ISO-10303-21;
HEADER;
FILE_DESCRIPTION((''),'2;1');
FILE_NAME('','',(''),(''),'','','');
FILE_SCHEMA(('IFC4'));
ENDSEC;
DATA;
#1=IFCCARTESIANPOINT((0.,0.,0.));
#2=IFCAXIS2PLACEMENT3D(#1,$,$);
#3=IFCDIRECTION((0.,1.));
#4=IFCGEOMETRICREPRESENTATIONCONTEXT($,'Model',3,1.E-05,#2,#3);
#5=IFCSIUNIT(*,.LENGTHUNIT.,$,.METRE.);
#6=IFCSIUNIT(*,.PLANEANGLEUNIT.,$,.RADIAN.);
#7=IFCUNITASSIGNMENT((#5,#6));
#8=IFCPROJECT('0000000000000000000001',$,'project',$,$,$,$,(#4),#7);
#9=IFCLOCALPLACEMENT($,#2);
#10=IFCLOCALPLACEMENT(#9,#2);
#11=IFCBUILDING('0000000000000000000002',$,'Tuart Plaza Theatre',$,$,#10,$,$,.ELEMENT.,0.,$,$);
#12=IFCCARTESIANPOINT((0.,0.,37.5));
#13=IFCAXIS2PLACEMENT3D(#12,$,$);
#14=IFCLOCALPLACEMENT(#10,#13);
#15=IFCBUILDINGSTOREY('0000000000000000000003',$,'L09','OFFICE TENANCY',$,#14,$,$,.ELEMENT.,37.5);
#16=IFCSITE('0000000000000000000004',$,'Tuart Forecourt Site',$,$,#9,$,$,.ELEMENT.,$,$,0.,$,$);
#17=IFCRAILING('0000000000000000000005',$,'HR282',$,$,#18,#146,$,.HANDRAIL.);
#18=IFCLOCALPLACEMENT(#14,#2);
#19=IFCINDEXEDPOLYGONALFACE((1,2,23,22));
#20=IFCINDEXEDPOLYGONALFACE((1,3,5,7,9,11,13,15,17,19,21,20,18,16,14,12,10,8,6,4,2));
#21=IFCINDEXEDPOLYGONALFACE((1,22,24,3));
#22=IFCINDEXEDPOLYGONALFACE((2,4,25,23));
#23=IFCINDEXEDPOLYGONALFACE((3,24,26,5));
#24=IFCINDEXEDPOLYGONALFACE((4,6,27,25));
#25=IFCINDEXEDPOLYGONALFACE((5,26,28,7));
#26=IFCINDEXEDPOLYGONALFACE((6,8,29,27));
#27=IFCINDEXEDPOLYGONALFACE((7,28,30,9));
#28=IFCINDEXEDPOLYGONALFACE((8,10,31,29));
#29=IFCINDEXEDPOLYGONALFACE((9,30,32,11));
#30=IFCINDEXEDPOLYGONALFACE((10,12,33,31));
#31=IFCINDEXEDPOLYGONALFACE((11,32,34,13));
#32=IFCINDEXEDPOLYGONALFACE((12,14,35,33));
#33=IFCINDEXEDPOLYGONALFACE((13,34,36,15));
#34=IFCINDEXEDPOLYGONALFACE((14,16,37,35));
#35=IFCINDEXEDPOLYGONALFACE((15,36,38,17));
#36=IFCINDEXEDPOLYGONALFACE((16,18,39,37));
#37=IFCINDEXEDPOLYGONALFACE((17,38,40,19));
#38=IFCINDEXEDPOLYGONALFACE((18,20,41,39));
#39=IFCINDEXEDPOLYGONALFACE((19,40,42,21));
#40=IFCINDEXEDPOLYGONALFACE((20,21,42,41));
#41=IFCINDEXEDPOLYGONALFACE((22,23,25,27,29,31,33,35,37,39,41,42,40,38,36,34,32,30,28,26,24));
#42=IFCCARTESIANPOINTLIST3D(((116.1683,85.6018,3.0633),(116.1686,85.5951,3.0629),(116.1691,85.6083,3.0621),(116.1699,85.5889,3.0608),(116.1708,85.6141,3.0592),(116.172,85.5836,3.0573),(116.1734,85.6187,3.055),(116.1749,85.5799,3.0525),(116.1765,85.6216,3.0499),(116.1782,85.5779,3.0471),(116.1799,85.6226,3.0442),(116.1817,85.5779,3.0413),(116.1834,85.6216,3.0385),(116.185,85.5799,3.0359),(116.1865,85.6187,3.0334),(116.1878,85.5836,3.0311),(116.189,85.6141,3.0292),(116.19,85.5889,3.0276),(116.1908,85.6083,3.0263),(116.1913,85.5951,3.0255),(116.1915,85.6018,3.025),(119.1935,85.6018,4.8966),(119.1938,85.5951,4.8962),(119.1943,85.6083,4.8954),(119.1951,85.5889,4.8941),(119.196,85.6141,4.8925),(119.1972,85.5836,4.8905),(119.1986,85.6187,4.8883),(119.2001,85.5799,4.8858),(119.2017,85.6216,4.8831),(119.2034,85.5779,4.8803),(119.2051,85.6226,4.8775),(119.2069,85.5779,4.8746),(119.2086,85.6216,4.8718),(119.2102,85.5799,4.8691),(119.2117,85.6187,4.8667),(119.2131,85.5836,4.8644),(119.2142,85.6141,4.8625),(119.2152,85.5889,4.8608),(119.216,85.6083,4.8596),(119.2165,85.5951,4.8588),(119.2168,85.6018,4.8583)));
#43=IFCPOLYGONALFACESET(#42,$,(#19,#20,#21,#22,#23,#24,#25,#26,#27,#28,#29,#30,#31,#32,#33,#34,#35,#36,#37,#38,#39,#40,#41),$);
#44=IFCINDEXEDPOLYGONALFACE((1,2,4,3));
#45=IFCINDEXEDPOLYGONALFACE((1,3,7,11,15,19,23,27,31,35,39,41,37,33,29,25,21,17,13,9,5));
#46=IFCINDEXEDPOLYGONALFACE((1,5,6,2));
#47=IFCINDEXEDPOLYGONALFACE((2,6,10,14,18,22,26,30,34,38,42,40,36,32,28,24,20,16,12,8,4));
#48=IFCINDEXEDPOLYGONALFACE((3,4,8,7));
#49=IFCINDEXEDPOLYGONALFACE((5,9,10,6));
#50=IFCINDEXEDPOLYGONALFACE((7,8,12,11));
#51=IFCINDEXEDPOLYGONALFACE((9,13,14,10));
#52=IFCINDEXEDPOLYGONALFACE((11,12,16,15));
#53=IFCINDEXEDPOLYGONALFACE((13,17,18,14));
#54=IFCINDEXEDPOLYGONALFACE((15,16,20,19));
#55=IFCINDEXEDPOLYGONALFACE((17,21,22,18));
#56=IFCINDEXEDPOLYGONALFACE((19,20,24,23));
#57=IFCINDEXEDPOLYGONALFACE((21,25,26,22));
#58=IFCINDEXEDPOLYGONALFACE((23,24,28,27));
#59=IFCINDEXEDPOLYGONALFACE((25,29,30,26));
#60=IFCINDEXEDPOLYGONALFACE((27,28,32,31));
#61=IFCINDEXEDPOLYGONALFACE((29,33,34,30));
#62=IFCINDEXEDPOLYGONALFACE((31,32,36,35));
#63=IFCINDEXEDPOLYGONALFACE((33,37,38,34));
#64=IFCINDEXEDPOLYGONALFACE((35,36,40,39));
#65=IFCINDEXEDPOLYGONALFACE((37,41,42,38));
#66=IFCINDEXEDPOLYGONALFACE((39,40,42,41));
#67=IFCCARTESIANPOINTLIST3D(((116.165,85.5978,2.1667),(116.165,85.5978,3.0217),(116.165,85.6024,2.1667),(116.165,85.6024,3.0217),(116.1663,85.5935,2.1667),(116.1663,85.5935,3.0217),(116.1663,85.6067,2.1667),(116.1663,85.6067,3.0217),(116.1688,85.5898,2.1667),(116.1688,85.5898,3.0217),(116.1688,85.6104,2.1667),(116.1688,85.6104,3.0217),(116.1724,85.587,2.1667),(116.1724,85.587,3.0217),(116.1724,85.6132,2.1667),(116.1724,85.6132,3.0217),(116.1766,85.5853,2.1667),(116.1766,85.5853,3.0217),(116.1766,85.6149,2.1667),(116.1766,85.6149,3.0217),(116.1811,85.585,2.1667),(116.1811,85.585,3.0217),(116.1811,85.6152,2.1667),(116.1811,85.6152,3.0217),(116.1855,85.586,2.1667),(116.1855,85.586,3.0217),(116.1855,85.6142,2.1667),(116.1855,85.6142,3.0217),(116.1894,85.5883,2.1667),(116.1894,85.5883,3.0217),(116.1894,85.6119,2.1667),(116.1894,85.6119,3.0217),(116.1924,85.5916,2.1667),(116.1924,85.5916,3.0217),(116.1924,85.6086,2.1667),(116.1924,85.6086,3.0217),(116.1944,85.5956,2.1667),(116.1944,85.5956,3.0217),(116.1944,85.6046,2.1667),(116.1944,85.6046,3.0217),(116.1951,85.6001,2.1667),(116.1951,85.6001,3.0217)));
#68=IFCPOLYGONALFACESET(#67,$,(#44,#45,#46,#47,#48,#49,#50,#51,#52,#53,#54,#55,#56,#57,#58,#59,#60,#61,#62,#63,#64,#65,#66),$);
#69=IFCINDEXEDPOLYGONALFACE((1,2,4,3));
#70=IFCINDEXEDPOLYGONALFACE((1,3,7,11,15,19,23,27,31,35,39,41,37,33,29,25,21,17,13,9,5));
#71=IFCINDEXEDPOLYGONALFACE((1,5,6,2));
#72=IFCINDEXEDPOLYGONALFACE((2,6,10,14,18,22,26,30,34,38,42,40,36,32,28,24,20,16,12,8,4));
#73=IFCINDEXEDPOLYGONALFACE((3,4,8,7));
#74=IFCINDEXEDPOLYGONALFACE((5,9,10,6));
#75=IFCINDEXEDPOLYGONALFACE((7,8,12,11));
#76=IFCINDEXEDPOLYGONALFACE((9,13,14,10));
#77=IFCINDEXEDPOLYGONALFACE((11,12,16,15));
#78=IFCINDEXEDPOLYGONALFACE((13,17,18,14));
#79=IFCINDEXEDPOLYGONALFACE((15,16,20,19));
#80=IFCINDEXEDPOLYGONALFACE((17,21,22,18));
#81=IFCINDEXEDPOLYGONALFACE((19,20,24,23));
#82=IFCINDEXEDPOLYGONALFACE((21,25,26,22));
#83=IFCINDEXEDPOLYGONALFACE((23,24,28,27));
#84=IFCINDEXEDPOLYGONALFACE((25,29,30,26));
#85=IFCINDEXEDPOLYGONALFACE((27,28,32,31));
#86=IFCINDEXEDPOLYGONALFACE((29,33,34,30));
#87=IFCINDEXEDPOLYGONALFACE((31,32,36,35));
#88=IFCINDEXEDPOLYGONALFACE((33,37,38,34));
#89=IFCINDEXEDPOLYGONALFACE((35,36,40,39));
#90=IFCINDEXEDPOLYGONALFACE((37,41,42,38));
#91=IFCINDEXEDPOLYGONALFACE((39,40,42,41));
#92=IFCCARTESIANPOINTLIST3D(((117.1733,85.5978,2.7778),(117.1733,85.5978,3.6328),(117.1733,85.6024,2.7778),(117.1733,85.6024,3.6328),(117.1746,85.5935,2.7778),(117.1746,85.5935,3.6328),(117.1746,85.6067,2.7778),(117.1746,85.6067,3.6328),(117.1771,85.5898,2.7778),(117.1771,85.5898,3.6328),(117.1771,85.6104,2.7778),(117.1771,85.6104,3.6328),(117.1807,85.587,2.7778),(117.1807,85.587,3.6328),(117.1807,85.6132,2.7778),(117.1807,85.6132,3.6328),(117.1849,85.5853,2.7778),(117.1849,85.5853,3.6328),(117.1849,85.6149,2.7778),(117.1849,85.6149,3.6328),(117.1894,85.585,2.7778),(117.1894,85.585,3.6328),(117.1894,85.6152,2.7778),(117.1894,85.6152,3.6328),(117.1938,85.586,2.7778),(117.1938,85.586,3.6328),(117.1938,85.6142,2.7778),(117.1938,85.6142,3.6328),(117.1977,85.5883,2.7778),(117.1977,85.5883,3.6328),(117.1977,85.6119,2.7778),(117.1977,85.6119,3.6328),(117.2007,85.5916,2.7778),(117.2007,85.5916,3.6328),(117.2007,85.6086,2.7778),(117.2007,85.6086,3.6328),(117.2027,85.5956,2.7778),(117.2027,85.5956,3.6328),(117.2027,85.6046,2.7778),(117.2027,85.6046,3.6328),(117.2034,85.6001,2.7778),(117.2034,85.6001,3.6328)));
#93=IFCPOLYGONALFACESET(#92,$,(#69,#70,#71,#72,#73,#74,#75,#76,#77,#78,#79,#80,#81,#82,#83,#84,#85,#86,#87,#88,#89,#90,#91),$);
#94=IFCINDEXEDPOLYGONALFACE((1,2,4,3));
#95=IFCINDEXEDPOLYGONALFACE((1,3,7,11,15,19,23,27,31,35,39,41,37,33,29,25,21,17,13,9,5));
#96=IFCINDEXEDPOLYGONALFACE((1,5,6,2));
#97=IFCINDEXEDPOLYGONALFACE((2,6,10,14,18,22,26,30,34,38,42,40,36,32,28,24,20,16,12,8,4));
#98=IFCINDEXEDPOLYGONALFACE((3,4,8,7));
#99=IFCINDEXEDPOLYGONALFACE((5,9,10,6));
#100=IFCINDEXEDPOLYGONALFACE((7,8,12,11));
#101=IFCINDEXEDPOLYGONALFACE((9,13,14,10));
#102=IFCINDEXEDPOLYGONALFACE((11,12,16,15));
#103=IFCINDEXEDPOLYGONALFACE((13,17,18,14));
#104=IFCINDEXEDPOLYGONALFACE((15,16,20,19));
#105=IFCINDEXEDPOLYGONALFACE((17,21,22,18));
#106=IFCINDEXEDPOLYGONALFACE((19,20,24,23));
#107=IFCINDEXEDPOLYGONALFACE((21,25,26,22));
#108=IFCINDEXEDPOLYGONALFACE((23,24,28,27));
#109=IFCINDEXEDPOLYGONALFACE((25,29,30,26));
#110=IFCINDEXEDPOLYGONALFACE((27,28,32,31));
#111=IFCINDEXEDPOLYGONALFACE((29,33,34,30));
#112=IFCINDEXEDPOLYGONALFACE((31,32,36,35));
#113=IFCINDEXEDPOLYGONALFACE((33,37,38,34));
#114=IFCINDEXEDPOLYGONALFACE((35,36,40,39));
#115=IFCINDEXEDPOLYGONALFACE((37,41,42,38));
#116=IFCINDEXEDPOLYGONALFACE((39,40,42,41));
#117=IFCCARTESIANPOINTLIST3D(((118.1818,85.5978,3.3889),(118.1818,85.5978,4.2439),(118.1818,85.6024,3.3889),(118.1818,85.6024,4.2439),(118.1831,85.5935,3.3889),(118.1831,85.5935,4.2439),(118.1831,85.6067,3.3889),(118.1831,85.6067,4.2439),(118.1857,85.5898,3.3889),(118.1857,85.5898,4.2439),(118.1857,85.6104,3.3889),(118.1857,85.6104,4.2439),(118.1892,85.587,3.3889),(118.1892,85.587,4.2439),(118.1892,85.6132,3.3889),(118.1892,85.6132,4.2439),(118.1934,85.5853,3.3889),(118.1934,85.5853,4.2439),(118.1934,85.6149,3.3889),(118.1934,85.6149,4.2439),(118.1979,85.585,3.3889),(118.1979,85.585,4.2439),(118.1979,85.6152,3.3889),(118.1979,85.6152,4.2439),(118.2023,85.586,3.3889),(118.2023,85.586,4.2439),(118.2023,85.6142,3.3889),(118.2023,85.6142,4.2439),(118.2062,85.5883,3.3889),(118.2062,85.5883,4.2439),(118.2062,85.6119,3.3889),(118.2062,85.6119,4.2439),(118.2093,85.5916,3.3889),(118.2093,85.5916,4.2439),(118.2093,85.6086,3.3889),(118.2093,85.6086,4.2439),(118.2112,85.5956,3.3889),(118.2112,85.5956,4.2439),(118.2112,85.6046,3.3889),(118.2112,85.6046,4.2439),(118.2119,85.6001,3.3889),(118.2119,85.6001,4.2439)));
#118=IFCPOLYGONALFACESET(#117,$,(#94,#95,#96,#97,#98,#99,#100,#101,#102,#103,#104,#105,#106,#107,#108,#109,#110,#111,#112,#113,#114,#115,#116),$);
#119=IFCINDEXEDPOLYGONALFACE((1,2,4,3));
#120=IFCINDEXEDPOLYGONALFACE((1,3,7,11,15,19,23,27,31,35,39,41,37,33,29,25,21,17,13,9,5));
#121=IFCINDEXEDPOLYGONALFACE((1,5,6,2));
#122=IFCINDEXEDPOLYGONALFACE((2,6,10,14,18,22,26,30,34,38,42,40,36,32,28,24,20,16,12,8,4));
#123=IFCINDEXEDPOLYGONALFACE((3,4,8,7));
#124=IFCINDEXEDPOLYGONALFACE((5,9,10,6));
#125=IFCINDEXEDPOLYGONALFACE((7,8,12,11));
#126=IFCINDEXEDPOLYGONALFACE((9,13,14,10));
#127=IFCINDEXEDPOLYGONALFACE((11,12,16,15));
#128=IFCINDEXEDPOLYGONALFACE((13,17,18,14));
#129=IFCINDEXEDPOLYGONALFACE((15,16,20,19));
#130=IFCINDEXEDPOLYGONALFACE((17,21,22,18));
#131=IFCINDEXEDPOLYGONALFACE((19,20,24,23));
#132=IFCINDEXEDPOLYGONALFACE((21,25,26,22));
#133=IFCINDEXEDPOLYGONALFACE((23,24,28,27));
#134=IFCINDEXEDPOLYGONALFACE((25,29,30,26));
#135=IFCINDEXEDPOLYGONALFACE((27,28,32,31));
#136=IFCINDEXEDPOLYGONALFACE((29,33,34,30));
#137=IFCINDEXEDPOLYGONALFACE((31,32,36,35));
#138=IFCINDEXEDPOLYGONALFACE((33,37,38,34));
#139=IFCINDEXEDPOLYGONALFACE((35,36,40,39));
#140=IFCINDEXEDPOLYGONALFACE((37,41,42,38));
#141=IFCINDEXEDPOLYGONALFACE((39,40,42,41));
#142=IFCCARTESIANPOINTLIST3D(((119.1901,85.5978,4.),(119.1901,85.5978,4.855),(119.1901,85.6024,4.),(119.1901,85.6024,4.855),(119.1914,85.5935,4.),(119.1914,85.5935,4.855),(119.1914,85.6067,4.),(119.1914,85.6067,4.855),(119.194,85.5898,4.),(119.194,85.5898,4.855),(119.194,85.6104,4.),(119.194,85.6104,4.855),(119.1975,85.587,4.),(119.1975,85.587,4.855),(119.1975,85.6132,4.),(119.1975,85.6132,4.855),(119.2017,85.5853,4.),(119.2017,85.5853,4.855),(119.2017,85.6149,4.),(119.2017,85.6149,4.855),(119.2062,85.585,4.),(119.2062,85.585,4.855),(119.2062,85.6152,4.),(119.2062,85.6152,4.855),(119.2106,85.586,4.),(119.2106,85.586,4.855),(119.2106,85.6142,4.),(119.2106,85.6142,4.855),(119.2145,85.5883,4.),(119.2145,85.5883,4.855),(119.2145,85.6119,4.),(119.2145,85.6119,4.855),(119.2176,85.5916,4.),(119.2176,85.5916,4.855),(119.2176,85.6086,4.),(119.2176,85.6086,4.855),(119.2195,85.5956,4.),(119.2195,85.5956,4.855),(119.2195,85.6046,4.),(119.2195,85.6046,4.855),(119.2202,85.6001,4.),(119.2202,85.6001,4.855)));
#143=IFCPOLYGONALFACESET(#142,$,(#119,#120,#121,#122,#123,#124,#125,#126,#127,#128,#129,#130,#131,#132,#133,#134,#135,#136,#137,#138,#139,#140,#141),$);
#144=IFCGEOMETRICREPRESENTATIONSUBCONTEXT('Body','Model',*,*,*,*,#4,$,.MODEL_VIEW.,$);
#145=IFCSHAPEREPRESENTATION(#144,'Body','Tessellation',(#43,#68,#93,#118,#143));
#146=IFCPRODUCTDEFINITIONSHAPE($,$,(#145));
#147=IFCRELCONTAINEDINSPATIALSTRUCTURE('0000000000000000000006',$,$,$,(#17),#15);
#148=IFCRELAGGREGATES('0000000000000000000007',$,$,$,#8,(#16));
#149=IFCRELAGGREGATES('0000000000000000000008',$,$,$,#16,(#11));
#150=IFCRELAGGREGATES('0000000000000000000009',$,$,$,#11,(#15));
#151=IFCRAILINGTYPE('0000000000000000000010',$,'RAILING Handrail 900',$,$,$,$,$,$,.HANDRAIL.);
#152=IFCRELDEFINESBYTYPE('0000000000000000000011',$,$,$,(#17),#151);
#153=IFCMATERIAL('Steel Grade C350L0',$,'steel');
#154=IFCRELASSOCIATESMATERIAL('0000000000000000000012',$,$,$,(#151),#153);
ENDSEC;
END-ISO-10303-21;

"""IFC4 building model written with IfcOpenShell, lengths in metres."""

from ifc_helpers import new_model, si_unit, direction, frame, origin, origin_2d, place, context, subcontext, project, spatial, circle, extrude, material, type_object, element, save


model = new_model("IFC4")

# Units and contexts
model_context = context("Model", 3, precision=1e-05, world=origin(), true_north=direction((0.0, 1.0)))
body_context = subcontext(model_context, "Body", "Model", "MODEL_VIEW")
ifc_project = project(units=[si_unit("LENGTHUNIT", "METRE"), si_unit("PLANEANGLEUNIT", "RADIAN")], contexts=[model_context])

# Site, building, storey
site_placement = place(None, origin())
site = spatial("IfcSite", under=ifc_project, at=site_placement, Name="Tuart Forecourt Site", CompositionType="ELEMENT", RefElevation=0.0)
building_placement = place(site_placement, origin())
building = spatial("IfcBuilding", under=site, at=building_placement, Name="Tuart Plaza Theatre", CompositionType="ELEMENT", ElevationOfRefHeight=0.0)
storey_placement = place(building_placement, frame((0.0, 0.0, 37.5)))
storey = spatial("IfcBuildingStorey", under=building, at=storey_placement, Name="L09", Description="OFFICE TENANCY", CompositionType="ELEMENT", Elevation=37.5)

# Railing
ifc_material_1 = material(Name="Steel Grade C350L0", Category="steel")
railing_type_1 = type_object("IfcRailingType", Name="RAILING Handrail 900", PredefinedType="HANDRAIL", material=ifc_material_1)
for number, where, name in (
    (1, (116.1799, 85.6001, 2.1667), "HR282"),
):
    element("IfcRailing", number, at=place(storey_placement, frame(where)), inside=storey, type_object=railing_type_1, Name=name, PredefinedType="HANDRAIL", context=body_context, shape_type="SweptSolid", body=[
        extrude(circle(Radius=0.0225, at=origin_2d()), frame((0.0, 0.0, 0.8774), z_axis=(0.855219, 0.0, 0.518267), x_axis=(0.0, 1.0, 0.0)), (0.0, 0.0, 1.0), 3.5374),
        extrude(circle(Radius=0.0151, at=origin_2d()), origin(), (0.0, 0.0, 1.0), 0.855),
        extrude(circle(Radius=0.0151, at=origin_2d()), frame((1.0083, 0.0, 0.6111)), (0.0, 0.0, 1.0), 0.855),
        extrude(circle(Radius=0.0151, at=origin_2d()), frame((2.0168, 0.0, 1.2222)), (0.0, 0.0, 1.0), 0.855),
        extrude(circle(Radius=0.0151, at=origin_2d()), frame((3.0251, 0.0, 1.8333)), (0.0, 0.0, 1.0), 0.855),
    ])

save(model, "model.ifc")
